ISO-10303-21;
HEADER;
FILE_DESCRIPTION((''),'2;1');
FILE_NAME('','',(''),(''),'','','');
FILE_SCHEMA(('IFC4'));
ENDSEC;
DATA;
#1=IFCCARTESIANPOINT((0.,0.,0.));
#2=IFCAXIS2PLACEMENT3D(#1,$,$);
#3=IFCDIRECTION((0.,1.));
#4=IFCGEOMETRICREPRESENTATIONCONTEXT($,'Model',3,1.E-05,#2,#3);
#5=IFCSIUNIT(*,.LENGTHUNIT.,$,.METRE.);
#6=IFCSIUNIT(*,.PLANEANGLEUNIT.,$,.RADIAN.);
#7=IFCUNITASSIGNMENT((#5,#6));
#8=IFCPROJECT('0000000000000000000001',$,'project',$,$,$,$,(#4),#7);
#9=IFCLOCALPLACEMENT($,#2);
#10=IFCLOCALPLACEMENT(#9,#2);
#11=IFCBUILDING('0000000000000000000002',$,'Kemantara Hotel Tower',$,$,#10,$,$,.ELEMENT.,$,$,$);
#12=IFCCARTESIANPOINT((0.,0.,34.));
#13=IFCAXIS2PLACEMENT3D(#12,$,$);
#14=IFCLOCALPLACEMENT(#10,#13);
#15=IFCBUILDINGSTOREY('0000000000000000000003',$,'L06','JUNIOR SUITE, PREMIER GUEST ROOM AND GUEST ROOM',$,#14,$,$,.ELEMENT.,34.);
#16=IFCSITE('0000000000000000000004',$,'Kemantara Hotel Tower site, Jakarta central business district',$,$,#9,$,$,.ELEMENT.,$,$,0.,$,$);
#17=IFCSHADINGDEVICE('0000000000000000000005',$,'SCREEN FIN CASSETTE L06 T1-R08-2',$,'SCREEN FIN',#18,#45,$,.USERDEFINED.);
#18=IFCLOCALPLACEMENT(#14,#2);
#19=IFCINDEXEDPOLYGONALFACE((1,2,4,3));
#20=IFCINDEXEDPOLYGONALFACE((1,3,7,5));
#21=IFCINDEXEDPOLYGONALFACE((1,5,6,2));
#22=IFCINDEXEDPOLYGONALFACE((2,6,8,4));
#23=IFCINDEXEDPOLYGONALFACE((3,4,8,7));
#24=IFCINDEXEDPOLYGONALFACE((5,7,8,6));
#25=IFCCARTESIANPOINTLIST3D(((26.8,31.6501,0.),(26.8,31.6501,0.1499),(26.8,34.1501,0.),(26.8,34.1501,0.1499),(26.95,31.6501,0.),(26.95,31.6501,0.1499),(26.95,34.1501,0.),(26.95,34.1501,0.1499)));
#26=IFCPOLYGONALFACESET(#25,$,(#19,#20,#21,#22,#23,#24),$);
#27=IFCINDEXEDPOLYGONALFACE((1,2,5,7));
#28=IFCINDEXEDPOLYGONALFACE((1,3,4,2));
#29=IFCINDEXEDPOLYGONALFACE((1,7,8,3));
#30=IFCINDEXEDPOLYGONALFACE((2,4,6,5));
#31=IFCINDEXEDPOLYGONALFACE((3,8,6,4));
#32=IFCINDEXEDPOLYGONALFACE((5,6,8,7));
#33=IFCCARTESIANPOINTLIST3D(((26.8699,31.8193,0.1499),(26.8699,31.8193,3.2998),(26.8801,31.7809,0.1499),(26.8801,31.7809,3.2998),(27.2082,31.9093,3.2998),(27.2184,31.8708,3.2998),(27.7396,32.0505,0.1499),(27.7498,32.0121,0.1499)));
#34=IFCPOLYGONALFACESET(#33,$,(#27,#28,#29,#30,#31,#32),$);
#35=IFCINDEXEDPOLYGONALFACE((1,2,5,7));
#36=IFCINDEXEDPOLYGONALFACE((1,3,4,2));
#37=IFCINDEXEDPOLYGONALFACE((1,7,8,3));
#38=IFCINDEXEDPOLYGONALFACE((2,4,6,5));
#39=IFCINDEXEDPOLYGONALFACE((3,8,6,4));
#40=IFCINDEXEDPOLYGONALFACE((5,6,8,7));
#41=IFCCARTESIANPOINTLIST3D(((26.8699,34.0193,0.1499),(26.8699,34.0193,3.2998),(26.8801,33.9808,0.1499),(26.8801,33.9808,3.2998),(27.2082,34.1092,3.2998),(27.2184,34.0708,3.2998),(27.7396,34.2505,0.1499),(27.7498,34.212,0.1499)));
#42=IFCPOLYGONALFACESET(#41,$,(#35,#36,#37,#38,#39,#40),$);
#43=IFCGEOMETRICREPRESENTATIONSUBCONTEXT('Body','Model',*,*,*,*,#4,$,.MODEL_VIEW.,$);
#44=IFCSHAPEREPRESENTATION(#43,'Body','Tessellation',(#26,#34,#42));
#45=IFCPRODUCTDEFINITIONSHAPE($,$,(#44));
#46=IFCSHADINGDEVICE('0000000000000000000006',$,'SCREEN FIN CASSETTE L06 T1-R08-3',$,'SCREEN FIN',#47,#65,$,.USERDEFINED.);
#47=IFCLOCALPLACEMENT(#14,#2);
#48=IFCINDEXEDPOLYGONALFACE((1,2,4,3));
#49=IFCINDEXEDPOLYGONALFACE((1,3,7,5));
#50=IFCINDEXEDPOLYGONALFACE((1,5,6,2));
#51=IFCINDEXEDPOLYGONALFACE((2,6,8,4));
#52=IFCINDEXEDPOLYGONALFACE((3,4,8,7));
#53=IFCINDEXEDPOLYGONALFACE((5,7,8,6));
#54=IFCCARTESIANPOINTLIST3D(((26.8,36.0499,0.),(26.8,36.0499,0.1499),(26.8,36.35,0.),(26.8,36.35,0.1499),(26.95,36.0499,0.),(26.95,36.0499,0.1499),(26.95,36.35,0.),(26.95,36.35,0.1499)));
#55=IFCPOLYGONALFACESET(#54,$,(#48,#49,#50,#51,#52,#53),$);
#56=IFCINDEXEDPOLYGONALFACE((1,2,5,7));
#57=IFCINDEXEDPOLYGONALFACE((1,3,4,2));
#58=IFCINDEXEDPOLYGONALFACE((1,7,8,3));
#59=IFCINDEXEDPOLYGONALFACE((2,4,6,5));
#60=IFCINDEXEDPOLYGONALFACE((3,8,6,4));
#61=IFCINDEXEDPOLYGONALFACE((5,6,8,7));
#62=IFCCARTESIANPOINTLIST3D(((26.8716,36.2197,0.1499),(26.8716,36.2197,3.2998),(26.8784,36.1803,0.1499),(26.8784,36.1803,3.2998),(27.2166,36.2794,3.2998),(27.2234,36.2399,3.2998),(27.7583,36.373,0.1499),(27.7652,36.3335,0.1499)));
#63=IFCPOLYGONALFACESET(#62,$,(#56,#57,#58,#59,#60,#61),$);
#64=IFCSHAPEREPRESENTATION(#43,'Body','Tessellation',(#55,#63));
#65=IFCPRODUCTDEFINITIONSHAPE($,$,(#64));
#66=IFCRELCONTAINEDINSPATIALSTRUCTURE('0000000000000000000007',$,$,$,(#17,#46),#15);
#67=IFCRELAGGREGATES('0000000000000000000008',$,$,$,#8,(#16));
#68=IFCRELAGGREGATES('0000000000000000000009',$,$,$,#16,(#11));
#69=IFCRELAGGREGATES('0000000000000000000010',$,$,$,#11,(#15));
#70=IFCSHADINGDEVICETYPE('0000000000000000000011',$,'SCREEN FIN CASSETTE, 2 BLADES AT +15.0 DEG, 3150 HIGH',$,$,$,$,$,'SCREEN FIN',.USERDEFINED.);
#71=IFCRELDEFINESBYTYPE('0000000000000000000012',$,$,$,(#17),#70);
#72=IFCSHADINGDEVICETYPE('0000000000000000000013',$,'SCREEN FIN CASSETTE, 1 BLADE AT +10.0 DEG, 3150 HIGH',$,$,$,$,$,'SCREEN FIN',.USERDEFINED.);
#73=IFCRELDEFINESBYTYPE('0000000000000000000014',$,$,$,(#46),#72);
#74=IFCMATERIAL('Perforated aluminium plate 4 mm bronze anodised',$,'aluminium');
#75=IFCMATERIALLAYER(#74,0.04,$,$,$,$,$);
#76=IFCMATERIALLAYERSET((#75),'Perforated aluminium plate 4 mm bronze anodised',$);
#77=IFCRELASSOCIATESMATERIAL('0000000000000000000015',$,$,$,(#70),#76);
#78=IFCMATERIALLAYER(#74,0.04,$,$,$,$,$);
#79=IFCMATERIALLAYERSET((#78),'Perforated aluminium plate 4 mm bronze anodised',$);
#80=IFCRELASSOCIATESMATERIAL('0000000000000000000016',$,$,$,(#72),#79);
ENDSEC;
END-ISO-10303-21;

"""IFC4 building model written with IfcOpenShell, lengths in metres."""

from ifc_helpers import new_model, si_unit, direction, frame, origin, origin_2d, place, context, subcontext, project, spatial, polyline, rectangle, outline, extrude, source, transform, mapped, material, layer, layer_set, type_object, element, save


model = new_model("IFC4")

# Units and contexts
model_context = context("Model", 3, precision=1e-05, world=origin(), true_north=direction((0.0, 1.0)))
body_context = subcontext(model_context, "Body", "Model", "MODEL_VIEW")
ifc_project = project(units=[si_unit("LENGTHUNIT", "METRE"), si_unit("PLANEANGLEUNIT", "RADIAN")], contexts=[model_context])

# Site, building, storey
site_placement = place(None, origin())
site = spatial("IfcSite", under=ifc_project, at=site_placement, Name="Kemantara Hotel Tower site, Jakarta central business district", CompositionType="ELEMENT", RefElevation=0.0)
building_placement = place(site_placement, origin())
building = spatial("IfcBuilding", under=site, at=building_placement, Name="Kemantara Hotel Tower", CompositionType="ELEMENT")
storey_placement = place(building_placement, frame((0.0, 0.0, 34.0)))
storey = spatial("IfcBuildingStorey", under=building, at=storey_placement, Name="L06", Description="JUNIOR SUITE, PREMIER GUEST ROOM AND GUEST ROOM", CompositionType="ELEMENT", Elevation=34.0)

# Shading devices
ifc_material_1 = material(Name="Perforated aluminium plate 4 mm bronze anodised", Category="aluminium")
ifc_layer_1 = layer(ifc_material_1, 0.04)
ifc_layer_set_1 = layer_set([ifc_layer_1], Name="Perforated aluminium plate 4 mm bronze anodised")
shading_device_type_1 = type_object("IfcShadingDeviceType", Name="SCREEN FIN CASSETTE, 2 BLADES AT +15.0 DEG, 3150 HIGH", ElementType="SCREEN FIN", PredefinedType="USERDEFINED", material=ifc_layer_set_1)
shared_shape_1 = source(origin(), body_context, "Body", "SweptSolid", [
    extrude(rectangle(XDim=2.5, YDim=0.1499, at=origin_2d()), frame((1.1001, -0.075, -0.1499), z_axis=(0.0, 0.0, 1.0), x_axis=(1.0, 0.0, 0.0)), (0.0, 0.0, 1.0), 0.1499),
    extrude(outline(polyline([(0.0, 0.0), (0.8999, 0.0), (0.3501, 3.1499), (0.0, 3.1499), (0.0, 0.0)])), frame((0.0193, -0.0698, 0.0), z_axis=(-0.966438, -0.256901, 0.0), x_axis=(0.256901, -0.966438, 0.0)), (0.0, 0.0, 1.0), 0.0398),
    extrude(outline(polyline([(0.0, 0.0), (0.8999, 0.0), (0.3501, 3.1499), (0.0, 3.1499), (0.0, 0.0)])), frame((2.2192, -0.0698, 0.0), z_axis=(-0.966438, -0.256901, 0.0), x_axis=(0.256901, -0.966438, 0.0)), (0.0, 0.0, 1.0), 0.0398),
])
shading_device_1_placement = place(storey_placement, frame((26.8, 31.8, 0.1499), z_axis=(0.0, 0.0, 1.0), x_axis=(0.0, 1.0, 0.0)))
element("IfcShadingDevice", 1, at=shading_device_1_placement, inside=storey, type_object=shading_device_type_1, Name="SCREEN FIN CASSETTE L06 T1-R08-2", ObjectType="SCREEN FIN", PredefinedType="USERDEFINED", context=body_context, shape_type="MappedRepresentation", body=[
    mapped(shared_shape_1, transform((0.0, 0.0, 0.0))),
])
ifc_layer_2 = layer(ifc_material_1, 0.04)
ifc_layer_set_2 = layer_set([ifc_layer_2], Name="Perforated aluminium plate 4 mm bronze anodised")
shading_device_type_2 = type_object("IfcShadingDeviceType", Name="SCREEN FIN CASSETTE, 1 BLADE AT +10.0 DEG, 3150 HIGH", ElementType="SCREEN FIN", PredefinedType="USERDEFINED", material=ifc_layer_set_2)
shared_shape_2 = source(origin(), body_context, "Body", "SweptSolid", [
    extrude(rectangle(XDim=0.3, YDim=0.1499, at=origin_2d()), frame((0.0, -0.075, -0.1499), z_axis=(0.0, 0.0, 1.0), x_axis=(1.0, 0.0, 0.0)), (0.0, 0.0, 1.0), 0.1499),
    extrude(outline(polyline([(0.0, 0.0), (0.8999, 0.0), (0.3501, 3.1499), (0.0, 3.1499), (0.0, 0.0)])), frame((0.0198, -0.0715, 0.0), z_axis=(-0.98539, -0.170314, 0.0), x_axis=(0.170314, -0.98539, 0.0)), (0.0, 0.0, 1.0), 0.04),
])
shading_device_2_placement = place(storey_placement, frame((26.8, 36.2, 0.1499), z_axis=(0.0, 0.0, 1.0), x_axis=(0.0, 1.0, 0.0)))
element("IfcShadingDevice", 2, at=shading_device_2_placement, inside=storey, type_object=shading_device_type_2, Name="SCREEN FIN CASSETTE L06 T1-R08-3", ObjectType="SCREEN FIN", PredefinedType="USERDEFINED", context=body_context, shape_type="MappedRepresentation", body=[
    mapped(shared_shape_2, transform((0.0, 0.0, 0.0))),
])

save(model, "model.ifc")
